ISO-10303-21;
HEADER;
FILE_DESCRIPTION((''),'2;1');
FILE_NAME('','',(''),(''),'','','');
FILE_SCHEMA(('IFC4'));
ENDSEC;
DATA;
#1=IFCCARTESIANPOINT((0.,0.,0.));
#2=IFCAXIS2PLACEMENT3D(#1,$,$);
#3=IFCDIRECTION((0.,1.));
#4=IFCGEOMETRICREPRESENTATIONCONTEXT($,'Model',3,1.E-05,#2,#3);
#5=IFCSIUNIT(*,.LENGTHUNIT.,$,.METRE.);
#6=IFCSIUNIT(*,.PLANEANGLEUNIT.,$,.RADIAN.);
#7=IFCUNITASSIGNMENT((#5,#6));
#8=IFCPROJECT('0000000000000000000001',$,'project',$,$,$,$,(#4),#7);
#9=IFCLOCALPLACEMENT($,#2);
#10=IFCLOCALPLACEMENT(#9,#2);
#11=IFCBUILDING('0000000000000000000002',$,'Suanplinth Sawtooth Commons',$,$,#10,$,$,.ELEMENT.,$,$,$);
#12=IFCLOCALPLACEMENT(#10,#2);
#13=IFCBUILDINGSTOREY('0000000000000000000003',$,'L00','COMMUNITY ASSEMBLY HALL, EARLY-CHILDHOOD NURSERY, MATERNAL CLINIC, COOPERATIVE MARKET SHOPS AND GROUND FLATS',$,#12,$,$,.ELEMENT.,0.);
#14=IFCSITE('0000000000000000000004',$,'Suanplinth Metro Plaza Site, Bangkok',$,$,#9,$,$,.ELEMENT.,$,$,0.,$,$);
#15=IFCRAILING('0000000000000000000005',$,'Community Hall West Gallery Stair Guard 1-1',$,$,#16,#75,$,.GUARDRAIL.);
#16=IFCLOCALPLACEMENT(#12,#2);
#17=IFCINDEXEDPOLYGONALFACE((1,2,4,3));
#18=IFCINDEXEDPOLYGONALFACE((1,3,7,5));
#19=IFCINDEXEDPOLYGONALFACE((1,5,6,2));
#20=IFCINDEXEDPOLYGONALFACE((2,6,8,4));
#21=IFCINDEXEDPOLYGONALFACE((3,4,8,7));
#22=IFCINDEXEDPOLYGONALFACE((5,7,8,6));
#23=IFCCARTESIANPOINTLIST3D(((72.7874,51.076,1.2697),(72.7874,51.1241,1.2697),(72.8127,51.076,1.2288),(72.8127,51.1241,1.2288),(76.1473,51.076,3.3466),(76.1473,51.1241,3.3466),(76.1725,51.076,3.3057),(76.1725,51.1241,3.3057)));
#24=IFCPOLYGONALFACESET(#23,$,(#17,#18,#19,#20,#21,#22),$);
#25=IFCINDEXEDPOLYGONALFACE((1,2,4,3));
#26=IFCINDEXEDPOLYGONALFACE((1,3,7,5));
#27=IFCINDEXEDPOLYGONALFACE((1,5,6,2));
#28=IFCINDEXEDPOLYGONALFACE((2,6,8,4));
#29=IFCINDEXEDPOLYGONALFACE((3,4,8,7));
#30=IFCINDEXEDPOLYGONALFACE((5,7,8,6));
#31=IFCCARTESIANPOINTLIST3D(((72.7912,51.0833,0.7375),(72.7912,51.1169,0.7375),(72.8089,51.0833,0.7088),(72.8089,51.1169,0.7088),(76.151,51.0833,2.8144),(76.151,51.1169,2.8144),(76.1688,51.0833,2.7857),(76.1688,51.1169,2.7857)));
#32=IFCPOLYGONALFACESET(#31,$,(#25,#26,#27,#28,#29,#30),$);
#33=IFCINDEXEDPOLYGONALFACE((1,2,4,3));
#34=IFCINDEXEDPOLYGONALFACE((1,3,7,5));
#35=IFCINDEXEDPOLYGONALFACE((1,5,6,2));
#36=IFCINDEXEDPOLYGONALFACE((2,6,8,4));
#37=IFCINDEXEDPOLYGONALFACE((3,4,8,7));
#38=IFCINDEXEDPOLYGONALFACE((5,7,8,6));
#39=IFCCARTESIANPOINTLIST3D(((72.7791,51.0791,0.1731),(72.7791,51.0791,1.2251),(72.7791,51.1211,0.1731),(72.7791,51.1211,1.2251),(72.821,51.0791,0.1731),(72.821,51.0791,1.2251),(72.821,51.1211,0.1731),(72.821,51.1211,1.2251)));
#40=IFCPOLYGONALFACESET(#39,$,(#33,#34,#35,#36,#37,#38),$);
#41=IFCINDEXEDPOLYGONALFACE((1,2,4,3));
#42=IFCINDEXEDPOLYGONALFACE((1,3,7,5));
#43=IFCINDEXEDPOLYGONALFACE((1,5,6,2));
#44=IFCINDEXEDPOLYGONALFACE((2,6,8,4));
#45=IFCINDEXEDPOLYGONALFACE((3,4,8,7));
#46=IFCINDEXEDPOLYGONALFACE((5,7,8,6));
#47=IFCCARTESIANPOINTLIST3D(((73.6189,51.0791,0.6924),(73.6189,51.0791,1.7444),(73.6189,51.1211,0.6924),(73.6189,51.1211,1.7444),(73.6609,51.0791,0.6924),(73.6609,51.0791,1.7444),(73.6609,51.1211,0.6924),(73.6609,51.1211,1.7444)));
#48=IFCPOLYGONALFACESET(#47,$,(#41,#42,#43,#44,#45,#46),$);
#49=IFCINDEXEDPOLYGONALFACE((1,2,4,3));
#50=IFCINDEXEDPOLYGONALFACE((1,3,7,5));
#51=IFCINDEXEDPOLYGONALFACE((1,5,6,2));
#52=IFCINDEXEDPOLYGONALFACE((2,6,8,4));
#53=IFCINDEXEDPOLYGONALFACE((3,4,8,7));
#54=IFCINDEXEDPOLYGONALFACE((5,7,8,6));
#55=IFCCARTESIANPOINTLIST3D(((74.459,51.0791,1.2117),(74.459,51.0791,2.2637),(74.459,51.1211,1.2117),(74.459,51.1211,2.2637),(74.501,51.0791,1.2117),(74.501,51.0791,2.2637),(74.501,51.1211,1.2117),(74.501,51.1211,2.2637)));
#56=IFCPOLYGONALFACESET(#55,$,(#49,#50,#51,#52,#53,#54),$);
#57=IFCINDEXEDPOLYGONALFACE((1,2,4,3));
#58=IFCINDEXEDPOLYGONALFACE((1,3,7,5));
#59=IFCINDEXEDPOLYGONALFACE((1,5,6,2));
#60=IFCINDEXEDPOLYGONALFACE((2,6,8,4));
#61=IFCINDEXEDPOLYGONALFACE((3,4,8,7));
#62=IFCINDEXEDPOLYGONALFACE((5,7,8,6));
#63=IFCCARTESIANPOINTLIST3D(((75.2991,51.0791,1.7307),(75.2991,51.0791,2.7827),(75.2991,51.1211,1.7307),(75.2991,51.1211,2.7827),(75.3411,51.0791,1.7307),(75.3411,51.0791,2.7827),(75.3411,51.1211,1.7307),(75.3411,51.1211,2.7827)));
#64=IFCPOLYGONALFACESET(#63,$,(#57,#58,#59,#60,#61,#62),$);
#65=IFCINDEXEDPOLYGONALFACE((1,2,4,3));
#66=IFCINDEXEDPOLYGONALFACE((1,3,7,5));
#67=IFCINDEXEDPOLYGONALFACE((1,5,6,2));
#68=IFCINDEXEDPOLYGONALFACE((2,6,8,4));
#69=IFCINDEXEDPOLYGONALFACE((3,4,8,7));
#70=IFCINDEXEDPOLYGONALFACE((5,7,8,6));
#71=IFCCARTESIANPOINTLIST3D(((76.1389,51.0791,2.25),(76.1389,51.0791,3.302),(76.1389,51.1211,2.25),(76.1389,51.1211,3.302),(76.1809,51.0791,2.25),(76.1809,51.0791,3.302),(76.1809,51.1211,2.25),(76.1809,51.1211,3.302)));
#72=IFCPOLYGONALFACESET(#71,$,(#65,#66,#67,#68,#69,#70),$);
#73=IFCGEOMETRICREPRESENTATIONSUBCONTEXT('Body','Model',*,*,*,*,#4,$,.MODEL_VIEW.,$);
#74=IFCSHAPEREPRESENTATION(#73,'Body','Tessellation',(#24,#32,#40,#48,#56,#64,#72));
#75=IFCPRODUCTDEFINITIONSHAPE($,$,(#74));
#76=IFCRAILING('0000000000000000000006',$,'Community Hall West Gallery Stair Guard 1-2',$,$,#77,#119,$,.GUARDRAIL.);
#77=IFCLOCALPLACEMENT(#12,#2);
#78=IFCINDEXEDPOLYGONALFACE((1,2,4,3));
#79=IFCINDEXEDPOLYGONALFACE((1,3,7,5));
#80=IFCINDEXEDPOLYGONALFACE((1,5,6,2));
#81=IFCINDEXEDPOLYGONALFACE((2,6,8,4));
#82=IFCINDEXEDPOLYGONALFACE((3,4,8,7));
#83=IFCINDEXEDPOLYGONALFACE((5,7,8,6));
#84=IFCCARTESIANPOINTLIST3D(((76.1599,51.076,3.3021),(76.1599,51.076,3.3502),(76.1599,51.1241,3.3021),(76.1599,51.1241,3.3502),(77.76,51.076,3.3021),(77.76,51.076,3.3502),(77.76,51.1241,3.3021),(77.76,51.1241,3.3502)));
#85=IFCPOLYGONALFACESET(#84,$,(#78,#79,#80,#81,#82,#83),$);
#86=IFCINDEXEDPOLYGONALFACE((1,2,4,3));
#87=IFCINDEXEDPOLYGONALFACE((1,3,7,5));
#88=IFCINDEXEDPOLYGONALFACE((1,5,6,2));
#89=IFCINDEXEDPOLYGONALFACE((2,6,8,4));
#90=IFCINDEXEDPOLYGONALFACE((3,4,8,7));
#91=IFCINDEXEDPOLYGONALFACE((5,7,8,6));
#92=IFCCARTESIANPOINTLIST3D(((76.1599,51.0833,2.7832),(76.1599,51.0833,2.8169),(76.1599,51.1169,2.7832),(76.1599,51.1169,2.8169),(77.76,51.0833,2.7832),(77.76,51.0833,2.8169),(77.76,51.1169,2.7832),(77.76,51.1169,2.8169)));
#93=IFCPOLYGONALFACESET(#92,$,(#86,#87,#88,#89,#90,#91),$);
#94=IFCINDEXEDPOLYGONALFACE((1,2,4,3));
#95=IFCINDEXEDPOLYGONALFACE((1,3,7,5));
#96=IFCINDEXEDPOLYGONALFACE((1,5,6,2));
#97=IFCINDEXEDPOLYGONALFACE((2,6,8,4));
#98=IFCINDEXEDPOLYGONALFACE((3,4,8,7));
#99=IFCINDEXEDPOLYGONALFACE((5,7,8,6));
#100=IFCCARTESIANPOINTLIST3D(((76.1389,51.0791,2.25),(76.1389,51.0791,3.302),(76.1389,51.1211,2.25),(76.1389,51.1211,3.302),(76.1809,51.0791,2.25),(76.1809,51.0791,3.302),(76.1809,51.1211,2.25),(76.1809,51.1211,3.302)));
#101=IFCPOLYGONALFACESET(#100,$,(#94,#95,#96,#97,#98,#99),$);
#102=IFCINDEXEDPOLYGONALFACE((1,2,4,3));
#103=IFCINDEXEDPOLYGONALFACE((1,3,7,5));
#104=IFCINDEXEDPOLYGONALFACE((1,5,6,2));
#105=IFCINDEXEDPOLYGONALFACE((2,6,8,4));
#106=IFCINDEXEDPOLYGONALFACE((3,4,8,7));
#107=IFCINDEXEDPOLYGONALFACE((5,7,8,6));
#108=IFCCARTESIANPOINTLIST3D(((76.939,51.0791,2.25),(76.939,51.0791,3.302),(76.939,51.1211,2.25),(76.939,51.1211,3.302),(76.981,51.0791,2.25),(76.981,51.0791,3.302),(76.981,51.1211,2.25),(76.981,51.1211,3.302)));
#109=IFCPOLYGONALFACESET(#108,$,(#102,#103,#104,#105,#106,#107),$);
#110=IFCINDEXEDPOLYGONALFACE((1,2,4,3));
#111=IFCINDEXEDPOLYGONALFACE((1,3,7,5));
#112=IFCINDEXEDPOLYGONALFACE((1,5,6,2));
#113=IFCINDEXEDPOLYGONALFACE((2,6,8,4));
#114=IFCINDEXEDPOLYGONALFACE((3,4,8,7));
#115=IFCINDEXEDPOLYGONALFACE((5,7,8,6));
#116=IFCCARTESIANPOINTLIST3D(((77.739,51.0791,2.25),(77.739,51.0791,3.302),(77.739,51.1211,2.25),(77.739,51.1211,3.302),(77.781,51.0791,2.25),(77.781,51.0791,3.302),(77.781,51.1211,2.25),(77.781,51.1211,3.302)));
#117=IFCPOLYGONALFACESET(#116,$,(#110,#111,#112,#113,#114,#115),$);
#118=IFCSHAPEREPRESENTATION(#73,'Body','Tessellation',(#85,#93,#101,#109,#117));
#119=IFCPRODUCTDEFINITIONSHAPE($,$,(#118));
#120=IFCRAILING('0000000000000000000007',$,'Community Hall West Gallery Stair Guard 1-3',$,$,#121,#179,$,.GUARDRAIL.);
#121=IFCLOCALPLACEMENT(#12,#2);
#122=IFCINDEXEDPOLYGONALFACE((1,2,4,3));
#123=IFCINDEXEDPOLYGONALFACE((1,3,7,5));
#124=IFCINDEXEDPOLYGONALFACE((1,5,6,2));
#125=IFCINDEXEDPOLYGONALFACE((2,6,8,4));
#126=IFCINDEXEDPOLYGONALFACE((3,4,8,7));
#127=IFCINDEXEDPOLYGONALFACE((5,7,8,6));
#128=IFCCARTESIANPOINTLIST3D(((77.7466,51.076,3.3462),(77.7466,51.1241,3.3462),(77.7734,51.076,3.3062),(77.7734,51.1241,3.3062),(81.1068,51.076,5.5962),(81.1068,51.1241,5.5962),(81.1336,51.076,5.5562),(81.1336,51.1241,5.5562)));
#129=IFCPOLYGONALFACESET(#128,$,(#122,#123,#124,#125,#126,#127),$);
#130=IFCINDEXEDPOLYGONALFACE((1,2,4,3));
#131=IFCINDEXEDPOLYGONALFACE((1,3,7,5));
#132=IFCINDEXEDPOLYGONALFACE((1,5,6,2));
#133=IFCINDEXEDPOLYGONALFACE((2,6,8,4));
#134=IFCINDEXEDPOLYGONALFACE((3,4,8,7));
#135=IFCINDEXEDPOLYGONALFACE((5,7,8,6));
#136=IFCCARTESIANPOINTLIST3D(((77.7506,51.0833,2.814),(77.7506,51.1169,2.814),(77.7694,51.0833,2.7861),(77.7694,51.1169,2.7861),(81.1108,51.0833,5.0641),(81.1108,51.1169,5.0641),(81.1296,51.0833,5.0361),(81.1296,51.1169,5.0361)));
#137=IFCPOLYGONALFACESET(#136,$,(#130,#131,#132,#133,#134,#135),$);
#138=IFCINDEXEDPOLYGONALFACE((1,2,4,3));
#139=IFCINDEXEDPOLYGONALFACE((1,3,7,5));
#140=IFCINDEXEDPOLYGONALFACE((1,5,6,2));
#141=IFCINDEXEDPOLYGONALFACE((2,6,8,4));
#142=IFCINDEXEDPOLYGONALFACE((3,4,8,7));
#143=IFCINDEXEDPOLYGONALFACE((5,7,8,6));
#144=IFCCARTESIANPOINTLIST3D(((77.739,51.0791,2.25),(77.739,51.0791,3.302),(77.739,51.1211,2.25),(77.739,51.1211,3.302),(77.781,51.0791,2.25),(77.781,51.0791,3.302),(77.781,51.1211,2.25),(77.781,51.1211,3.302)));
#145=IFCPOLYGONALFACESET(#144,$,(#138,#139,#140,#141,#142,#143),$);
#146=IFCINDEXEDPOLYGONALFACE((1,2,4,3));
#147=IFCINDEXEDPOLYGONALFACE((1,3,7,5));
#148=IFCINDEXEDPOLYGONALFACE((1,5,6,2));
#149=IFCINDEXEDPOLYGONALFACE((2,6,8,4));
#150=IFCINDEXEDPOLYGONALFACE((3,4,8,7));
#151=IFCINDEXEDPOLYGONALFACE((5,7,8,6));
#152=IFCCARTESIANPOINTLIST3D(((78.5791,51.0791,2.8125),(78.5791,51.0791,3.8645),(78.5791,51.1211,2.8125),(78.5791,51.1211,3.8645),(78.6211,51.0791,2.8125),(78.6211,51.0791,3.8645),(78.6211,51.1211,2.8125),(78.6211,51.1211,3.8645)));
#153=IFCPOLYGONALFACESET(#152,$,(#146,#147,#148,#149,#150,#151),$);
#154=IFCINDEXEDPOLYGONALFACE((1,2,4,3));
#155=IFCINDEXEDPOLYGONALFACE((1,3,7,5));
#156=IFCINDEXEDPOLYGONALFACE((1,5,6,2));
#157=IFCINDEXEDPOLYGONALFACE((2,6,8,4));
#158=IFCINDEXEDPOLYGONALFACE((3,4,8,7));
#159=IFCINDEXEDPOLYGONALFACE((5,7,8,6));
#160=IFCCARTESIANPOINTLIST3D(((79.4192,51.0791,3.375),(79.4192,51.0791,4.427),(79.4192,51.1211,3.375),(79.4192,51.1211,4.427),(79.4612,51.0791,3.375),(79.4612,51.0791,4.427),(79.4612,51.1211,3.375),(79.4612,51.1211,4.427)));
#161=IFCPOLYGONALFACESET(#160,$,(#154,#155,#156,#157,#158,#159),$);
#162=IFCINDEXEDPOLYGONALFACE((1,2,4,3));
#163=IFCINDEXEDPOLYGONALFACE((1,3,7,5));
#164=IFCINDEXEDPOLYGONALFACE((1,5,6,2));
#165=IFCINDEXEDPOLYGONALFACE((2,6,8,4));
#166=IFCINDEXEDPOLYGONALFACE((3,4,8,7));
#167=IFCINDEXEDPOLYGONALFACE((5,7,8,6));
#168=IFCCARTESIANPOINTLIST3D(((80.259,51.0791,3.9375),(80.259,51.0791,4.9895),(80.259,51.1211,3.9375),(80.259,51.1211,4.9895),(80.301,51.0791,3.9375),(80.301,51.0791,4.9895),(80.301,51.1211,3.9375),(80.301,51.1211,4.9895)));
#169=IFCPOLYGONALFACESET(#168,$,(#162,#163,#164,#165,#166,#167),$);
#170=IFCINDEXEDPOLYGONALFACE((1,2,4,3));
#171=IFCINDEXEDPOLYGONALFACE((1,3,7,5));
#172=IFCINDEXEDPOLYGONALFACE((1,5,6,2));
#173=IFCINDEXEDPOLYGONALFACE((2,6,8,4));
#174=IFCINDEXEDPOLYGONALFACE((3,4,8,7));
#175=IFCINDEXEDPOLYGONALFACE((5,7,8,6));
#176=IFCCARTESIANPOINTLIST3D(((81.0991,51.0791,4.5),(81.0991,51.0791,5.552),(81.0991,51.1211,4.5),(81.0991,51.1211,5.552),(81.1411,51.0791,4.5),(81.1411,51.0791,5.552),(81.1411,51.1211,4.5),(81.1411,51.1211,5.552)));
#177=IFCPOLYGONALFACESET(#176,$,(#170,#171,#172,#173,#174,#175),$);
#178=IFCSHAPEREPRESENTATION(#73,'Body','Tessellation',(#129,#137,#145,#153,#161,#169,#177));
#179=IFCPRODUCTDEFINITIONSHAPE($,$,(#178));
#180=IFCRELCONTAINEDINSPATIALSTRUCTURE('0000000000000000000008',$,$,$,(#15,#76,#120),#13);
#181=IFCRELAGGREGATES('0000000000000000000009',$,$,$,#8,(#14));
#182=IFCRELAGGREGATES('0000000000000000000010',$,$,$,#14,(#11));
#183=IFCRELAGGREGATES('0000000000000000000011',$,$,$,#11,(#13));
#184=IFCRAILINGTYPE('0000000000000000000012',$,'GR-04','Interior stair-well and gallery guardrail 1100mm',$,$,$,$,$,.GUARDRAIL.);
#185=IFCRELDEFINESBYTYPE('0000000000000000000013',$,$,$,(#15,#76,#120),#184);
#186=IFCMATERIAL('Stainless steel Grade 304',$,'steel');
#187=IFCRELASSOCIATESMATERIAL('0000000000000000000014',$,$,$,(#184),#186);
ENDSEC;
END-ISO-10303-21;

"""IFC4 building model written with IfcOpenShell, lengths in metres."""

from ifc_helpers import new_model, si_unit, direction, frame, origin, origin_2d, place, context, subcontext, project, spatial, rectangle, extrude, material, type_object, element, save


model = new_model("IFC4")

# Units and contexts
model_context = context("Model", 3, precision=1e-05, world=origin(), true_north=direction((0.0, 1.0)))
body_context = subcontext(model_context, "Body", "Model", "MODEL_VIEW")
ifc_project = project(units=[si_unit("LENGTHUNIT", "METRE"), si_unit("PLANEANGLEUNIT", "RADIAN")], contexts=[model_context])

# Site, building, storey
site_placement = place(None, origin())
site = spatial("IfcSite", under=ifc_project, at=site_placement, Name="Suanplinth Metro Plaza Site, Bangkok", CompositionType="ELEMENT", RefElevation=0.0)
building_placement = place(site_placement, origin())
building = spatial("IfcBuilding", under=site, at=building_placement, Name="Suanplinth Sawtooth Commons", CompositionType="ELEMENT")
storey_placement = place(building_placement, origin())
storey = spatial("IfcBuildingStorey", under=building, at=storey_placement, Name="L00", Description="COMMUNITY ASSEMBLY HALL, EARLY-CHILDHOOD NURSERY, MATERNAL CLINIC, COOPERATIVE MARKET SHOPS AND GROUND FLATS", CompositionType="ELEMENT", Elevation=0.0)

# Railings
ifc_material_1 = material(Name="Stainless steel Grade 304", Category="steel")
railing_type_1 = type_object("IfcRailingType", Name="GR-04", Description="Interior stair-well and gallery guardrail 1100mm", PredefinedType="GUARDRAIL", material=ifc_material_1)
railing_1_placement = place(storey_placement, frame((72.8, 51.1001, 0.1731)))
element("IfcRailing", 1, at=railing_1_placement, inside=storey, type_object=railing_type_1, Name="Community Hall West Gallery Stair Guard 1-1", PredefinedType="GUARDRAIL", context=body_context, shape_type="SweptSolid", body=[
    extrude(rectangle(XDim=0.0481, YDim=0.0481, at=origin_2d()), frame((0.0, 0.0, 1.0762), z_axis=(0.850606, 0.0, 0.525803), x_axis=(0.0, 1.0, 0.0)), (0.0, 0.0, 1.0), 3.95),
    extrude(rectangle(XDim=0.0337, YDim=0.0337, at=origin_2d()), frame((0.0, 0.0, 0.55), z_axis=(0.850606, 0.0, 0.525803), x_axis=(0.0, 1.0, 0.0)), (0.0, 0.0, 1.0), 3.95),
    extrude(rectangle(XDim=0.042, YDim=0.042, at=origin_2d()), origin(), (0.0, 0.0, 1.0), 1.052),
    extrude(rectangle(XDim=0.042, YDim=0.042, at=origin_2d()), frame((0.8398, 0.0, 0.5193)), (0.0, 0.0, 1.0), 1.052),
    extrude(rectangle(XDim=0.042, YDim=0.042, at=origin_2d()), frame((1.6799, 0.0, 1.0386)), (0.0, 0.0, 1.0), 1.052),
    extrude(rectangle(XDim=0.042, YDim=0.042, at=origin_2d()), frame((2.52, 0.0, 1.5576)), (0.0, 0.0, 1.0), 1.052),
    extrude(rectangle(XDim=0.042, YDim=0.042, at=origin_2d()), frame((3.3599, 0.0, 2.0769)), (0.0, 0.0, 1.0), 1.052),
])
railing_2_placement = place(storey_placement, frame((76.1599, 51.1001, 2.25)))
element("IfcRailing", 2, at=railing_2_placement, inside=storey, type_object=railing_type_1, Name="Community Hall West Gallery Stair Guard 1-2", PredefinedType="GUARDRAIL", context=body_context, shape_type="SweptSolid", body=[
    extrude(rectangle(XDim=0.0481, YDim=0.0481, at=origin_2d()), frame((0.0, 0.0, 1.0762), z_axis=(1.0, 0.0, 0.0), x_axis=(0.0, 1.0, 0.0)), (0.0, 0.0, 1.0), 1.6001),
    extrude(rectangle(XDim=0.0337, YDim=0.0337, at=origin_2d()), frame((0.0, 0.0, 0.55), z_axis=(1.0, 0.0, 0.0), x_axis=(0.0, 1.0, 0.0)), (0.0, 0.0, 1.0), 1.6001),
    extrude(rectangle(XDim=0.042, YDim=0.042, at=origin_2d()), origin(), (0.0, 0.0, 1.0), 1.052),
    extrude(rectangle(XDim=0.042, YDim=0.042, at=origin_2d()), frame((0.8, 0.0, 0.0)), (0.0, 0.0, 1.0), 1.052),
    extrude(rectangle(XDim=0.042, YDim=0.042, at=origin_2d()), frame((1.6001, 0.0, 0.0)), (0.0, 0.0, 1.0), 1.052),
])
railing_3_placement = place(storey_placement, frame((77.76, 51.1001, 2.25)))
element("IfcRailing", 3, at=railing_3_placement, inside=storey, type_object=railing_type_1, Name="Community Hall West Gallery Stair Guard 1-3", PredefinedType="GUARDRAIL", context=body_context, shape_type="SweptSolid", body=[
    extrude(rectangle(XDim=0.0481, YDim=0.0481, at=origin_2d()), frame((0.0, 0.0, 1.0762), z_axis=(0.830915, 0.0, 0.556399), x_axis=(0.0, 1.0, 0.0)), (0.0, 0.0, 1.0), 4.0439),
    extrude(rectangle(XDim=0.0337, YDim=0.0337, at=origin_2d()), frame((0.0, 0.0, 0.55), z_axis=(0.830915, 0.0, 0.556399), x_axis=(0.0, 1.0, 0.0)), (0.0, 0.0, 1.0), 4.0439),
    extrude(rectangle(XDim=0.042, YDim=0.042, at=origin_2d()), origin(), (0.0, 0.0, 1.0), 1.052),
    extrude(rectangle(XDim=0.042, YDim=0.042, at=origin_2d()), frame((0.8401, 0.0, 0.5625)), (0.0, 0.0, 1.0), 1.052),
    extrude(rectangle(XDim=0.042, YDim=0.042, at=origin_2d()), frame((1.6802, 0.0, 1.125)), (0.0, 0.0, 1.0), 1.052),
    extrude(rectangle(XDim=0.042, YDim=0.042, at=origin_2d()), frame((2.52, 0.0, 1.6875)), (0.0, 0.0, 1.0), 1.052),
    extrude(rectangle(XDim=0.042, YDim=0.042, at=origin_2d()), frame((3.3601, 0.0, 2.25)), (0.0, 0.0, 1.0), 1.052),
])

save(model, "model.ifc")
